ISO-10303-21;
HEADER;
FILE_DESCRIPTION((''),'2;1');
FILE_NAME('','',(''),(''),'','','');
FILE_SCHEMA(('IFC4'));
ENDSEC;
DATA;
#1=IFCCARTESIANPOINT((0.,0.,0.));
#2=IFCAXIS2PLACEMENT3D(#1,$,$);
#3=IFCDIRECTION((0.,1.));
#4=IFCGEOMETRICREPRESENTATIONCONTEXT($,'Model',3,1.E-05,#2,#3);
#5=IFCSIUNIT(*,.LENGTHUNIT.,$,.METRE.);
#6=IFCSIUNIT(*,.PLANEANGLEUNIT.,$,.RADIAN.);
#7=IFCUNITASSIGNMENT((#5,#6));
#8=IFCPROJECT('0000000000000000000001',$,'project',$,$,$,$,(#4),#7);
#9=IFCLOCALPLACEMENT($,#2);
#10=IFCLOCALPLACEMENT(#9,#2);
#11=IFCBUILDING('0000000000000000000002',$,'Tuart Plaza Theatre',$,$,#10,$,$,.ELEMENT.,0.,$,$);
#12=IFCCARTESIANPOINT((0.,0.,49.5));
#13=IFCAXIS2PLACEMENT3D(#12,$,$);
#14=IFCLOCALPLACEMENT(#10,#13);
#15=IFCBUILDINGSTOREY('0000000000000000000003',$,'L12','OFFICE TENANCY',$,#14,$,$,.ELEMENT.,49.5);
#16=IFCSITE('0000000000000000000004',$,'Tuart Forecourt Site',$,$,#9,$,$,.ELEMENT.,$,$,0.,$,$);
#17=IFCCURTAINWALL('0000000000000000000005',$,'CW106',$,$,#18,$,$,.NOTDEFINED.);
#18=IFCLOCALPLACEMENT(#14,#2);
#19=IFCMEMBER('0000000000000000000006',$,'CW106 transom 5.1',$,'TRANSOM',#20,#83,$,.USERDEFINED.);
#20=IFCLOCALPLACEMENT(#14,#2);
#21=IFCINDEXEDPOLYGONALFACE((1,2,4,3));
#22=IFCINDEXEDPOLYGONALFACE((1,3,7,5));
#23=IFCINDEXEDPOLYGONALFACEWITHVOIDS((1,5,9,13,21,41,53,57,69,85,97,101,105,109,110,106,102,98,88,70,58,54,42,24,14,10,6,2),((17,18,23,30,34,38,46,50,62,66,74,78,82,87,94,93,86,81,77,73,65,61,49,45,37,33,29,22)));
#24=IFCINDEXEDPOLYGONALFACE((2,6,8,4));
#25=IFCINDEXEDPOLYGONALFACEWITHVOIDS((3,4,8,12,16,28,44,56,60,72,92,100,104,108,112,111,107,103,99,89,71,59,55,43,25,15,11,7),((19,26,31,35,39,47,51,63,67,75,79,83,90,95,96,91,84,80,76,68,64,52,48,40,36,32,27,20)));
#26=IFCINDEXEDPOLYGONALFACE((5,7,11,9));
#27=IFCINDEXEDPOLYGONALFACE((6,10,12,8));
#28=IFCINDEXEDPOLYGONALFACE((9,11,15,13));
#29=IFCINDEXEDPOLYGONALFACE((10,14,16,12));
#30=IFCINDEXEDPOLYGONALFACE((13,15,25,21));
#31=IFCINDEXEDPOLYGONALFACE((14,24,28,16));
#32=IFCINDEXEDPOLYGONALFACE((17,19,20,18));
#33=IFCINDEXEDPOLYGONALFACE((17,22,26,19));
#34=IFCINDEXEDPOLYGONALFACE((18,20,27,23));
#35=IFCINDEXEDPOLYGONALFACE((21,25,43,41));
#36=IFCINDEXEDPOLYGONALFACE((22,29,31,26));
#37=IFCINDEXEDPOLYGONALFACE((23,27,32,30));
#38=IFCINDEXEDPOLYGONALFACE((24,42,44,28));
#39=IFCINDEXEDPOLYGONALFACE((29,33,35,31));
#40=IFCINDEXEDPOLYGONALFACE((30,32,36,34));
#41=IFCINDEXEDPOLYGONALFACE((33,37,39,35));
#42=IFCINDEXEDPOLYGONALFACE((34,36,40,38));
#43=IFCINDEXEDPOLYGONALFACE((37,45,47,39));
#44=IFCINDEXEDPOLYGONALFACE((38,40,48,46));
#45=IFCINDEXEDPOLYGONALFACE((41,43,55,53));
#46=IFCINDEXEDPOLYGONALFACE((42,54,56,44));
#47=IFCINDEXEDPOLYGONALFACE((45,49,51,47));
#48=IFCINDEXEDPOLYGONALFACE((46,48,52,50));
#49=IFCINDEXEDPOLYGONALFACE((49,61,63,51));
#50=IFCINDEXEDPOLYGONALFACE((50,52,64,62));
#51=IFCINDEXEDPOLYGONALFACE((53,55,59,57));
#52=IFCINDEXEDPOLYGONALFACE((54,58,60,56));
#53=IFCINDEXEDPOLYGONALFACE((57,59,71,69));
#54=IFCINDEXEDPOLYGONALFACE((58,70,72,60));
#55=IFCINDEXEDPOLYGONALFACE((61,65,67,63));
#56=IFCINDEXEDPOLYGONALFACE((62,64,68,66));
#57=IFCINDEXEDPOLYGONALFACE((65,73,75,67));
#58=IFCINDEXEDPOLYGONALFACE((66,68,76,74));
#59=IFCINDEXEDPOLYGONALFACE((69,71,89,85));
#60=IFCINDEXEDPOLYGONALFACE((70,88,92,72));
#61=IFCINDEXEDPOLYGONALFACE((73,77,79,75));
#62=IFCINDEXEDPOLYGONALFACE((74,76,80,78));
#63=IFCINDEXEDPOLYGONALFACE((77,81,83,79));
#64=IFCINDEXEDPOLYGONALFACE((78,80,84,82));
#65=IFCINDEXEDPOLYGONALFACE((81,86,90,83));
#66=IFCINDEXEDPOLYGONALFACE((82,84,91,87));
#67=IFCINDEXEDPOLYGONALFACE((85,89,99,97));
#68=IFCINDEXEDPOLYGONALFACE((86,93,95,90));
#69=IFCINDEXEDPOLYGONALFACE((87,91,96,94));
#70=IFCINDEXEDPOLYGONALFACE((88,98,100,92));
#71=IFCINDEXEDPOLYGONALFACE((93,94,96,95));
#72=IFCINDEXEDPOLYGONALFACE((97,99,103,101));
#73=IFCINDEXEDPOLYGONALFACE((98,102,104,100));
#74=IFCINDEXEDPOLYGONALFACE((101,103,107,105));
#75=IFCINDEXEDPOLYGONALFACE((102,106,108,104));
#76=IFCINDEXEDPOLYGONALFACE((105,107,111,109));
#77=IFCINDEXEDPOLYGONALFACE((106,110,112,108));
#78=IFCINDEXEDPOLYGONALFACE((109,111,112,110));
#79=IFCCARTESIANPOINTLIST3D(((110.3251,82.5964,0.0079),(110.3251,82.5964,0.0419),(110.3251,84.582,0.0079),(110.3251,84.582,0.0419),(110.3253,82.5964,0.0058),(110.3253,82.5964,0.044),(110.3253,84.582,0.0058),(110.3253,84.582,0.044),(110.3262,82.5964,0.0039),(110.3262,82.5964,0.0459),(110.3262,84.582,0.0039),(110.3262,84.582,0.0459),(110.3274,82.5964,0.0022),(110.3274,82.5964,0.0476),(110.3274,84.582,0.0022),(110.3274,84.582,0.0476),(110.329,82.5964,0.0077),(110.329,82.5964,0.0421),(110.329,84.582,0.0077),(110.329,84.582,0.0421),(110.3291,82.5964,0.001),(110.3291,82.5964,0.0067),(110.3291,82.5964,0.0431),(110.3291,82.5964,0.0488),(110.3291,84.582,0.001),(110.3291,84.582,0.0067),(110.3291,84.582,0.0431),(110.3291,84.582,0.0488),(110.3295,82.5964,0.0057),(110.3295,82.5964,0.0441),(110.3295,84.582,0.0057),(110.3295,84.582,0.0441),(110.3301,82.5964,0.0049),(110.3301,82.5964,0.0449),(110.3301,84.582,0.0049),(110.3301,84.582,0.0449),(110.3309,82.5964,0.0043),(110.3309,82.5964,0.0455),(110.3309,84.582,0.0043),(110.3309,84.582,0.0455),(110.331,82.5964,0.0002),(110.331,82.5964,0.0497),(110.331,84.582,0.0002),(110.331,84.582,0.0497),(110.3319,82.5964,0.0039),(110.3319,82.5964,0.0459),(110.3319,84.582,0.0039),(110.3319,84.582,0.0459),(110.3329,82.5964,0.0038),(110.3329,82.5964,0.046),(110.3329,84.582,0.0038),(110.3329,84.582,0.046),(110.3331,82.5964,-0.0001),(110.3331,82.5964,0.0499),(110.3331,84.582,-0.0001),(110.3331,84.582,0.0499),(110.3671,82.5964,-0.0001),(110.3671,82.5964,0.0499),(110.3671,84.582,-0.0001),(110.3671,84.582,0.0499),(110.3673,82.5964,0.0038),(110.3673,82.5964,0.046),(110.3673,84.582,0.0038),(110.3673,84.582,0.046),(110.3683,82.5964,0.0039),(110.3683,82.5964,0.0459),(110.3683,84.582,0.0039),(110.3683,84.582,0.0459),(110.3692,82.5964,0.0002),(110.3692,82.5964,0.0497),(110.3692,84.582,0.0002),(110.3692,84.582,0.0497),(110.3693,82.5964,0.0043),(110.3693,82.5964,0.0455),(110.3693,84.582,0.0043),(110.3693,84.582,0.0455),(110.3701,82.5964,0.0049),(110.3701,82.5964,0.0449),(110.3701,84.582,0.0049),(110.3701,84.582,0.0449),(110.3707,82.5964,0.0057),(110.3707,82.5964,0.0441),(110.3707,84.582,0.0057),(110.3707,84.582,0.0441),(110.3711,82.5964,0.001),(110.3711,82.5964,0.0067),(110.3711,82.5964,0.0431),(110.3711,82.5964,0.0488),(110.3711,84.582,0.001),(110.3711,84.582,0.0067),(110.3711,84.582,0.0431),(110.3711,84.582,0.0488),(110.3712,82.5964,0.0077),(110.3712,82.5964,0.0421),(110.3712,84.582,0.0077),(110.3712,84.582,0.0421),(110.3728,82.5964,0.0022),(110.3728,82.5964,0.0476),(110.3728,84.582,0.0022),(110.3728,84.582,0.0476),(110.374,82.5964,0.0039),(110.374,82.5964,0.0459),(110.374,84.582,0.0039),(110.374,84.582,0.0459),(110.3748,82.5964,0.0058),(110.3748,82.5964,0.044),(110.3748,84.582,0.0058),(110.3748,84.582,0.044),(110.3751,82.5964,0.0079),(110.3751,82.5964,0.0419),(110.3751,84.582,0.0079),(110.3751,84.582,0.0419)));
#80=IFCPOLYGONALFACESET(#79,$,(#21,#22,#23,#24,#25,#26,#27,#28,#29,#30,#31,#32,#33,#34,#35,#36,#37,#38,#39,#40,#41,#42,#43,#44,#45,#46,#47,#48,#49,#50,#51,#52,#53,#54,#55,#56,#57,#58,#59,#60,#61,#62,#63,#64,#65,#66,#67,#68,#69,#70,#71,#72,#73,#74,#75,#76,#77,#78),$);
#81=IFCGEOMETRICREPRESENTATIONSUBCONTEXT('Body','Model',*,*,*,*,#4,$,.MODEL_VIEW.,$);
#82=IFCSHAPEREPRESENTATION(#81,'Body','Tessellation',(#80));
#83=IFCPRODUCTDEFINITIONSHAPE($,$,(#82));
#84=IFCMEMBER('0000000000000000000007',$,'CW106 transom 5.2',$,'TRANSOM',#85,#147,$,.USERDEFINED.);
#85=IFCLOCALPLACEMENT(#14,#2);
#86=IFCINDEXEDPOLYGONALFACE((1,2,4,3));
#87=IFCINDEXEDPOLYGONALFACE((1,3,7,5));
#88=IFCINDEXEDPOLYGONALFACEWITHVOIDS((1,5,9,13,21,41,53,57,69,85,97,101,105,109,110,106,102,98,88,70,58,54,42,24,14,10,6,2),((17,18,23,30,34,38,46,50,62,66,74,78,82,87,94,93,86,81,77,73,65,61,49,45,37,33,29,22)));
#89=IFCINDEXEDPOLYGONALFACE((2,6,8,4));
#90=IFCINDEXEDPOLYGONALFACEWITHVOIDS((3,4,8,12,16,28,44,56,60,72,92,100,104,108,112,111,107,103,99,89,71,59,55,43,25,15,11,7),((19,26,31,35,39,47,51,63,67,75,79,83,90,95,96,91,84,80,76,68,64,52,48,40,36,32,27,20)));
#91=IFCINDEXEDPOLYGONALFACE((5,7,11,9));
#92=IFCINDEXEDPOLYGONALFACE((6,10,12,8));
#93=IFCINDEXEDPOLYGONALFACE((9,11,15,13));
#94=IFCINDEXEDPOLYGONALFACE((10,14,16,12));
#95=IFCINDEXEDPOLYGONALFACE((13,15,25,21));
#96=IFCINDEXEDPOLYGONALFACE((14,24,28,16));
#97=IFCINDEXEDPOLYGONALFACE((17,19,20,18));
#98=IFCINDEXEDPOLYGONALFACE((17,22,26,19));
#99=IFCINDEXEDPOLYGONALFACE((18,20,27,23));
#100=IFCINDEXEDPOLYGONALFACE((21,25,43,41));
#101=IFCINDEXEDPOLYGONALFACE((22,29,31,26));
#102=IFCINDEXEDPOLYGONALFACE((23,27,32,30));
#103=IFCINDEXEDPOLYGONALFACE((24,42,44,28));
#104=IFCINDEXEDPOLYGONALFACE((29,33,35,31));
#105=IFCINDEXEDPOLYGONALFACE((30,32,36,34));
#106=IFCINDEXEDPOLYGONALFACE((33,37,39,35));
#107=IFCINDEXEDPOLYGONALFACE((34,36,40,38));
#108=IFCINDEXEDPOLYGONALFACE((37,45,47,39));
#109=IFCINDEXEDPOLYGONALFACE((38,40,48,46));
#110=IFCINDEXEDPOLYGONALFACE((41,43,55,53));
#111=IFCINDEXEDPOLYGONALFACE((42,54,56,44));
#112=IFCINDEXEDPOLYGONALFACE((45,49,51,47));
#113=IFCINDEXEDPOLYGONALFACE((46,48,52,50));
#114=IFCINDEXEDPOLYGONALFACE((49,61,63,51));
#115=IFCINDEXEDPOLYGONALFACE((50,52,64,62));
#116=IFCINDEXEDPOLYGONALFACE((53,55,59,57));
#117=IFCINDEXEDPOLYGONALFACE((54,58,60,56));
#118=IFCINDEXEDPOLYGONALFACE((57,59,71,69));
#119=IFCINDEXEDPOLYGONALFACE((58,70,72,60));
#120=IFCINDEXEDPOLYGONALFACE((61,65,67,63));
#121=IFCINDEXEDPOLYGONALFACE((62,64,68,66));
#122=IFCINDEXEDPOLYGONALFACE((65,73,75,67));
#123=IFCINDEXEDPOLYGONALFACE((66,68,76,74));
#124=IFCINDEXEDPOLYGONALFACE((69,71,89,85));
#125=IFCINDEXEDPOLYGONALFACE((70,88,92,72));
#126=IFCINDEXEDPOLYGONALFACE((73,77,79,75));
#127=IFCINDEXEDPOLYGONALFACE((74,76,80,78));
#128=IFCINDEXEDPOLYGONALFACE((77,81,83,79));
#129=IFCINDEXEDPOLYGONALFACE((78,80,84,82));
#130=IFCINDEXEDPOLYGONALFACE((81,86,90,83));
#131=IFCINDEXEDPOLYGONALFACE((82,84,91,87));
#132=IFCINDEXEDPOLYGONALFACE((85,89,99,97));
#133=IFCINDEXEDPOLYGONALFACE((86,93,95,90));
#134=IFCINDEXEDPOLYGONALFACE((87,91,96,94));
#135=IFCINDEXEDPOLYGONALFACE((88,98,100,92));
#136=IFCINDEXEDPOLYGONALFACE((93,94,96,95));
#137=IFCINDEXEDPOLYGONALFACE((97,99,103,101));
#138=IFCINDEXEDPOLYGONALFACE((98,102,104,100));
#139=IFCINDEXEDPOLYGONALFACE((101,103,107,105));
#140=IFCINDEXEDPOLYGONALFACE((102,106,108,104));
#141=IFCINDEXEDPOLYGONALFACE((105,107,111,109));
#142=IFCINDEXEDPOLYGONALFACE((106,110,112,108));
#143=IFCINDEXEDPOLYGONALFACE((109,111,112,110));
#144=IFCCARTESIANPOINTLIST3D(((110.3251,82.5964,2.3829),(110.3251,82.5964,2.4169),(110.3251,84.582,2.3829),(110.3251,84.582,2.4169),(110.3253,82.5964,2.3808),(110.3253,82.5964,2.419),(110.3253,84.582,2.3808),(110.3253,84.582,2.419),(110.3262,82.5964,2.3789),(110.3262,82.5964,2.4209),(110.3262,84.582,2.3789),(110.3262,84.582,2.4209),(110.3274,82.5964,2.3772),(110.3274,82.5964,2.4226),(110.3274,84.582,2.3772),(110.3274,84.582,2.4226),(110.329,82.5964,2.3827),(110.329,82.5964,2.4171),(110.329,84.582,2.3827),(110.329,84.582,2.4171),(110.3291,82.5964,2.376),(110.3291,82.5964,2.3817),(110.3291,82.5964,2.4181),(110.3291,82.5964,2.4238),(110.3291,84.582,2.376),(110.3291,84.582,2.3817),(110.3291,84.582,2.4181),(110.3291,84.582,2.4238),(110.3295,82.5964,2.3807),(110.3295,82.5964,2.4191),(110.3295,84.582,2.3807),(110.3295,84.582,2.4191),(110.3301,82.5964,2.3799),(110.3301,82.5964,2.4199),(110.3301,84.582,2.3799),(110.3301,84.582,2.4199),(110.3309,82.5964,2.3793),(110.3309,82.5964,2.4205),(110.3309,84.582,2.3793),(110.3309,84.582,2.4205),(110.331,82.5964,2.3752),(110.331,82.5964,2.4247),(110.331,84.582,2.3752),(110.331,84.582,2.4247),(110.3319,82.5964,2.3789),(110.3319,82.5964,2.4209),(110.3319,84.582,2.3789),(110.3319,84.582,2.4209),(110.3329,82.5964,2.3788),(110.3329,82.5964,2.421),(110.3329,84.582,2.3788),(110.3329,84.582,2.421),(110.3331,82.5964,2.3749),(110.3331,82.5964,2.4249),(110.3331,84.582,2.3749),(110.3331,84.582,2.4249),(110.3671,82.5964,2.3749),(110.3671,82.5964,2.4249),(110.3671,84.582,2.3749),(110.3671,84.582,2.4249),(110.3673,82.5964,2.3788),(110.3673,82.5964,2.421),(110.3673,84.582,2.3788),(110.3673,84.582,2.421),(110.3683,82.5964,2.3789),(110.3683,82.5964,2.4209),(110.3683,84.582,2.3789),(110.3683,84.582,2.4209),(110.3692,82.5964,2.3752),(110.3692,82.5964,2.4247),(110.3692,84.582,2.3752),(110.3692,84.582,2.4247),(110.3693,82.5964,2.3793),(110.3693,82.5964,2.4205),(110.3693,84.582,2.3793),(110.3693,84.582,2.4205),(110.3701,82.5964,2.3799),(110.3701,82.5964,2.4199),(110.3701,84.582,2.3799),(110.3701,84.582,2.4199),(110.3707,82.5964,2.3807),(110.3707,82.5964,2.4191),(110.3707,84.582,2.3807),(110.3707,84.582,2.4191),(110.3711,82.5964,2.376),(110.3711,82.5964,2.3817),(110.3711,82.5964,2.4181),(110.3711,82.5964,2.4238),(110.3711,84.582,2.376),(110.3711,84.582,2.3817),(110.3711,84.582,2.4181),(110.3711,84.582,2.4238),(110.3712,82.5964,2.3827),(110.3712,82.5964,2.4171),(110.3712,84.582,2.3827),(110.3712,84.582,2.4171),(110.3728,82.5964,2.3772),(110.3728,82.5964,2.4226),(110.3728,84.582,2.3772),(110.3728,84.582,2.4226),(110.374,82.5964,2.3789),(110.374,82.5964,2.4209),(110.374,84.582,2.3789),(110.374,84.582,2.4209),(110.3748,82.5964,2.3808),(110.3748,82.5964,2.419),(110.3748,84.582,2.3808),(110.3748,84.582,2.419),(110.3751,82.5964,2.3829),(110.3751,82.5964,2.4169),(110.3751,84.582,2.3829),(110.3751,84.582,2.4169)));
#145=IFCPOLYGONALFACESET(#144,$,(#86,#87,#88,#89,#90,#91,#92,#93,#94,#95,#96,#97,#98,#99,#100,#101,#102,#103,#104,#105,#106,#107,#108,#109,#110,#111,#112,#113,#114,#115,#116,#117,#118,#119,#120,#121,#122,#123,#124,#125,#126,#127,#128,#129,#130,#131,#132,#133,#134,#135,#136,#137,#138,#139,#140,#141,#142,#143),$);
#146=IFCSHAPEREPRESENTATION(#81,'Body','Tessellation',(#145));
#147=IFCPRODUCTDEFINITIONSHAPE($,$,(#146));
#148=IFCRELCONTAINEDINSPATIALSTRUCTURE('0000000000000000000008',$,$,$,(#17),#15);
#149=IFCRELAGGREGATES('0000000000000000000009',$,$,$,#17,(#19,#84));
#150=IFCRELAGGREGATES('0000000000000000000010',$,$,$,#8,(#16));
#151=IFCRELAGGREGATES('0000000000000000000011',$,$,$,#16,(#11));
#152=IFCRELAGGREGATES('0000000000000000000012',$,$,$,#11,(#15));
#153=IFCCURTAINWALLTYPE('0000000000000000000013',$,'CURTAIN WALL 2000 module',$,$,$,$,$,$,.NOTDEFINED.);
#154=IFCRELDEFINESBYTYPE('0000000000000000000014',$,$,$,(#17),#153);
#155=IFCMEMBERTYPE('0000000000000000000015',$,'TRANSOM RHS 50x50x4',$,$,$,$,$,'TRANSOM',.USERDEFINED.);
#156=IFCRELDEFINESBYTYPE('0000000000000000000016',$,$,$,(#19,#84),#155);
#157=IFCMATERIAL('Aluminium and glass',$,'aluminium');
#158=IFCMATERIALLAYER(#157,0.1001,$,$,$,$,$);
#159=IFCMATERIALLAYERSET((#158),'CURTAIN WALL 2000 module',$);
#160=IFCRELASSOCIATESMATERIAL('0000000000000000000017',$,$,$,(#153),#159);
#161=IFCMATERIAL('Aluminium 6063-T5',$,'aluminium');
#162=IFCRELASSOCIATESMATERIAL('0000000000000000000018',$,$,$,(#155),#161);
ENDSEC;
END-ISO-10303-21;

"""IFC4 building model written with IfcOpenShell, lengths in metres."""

from ifc_helpers import new_model, si_unit, direction, frame, origin, origin_2d, place, context, subcontext, project, spatial, hollow_rectangle, extrude, material, layer, layer_set, material_profile, profile_set, type_object, element, aggregate, save


model = new_model("IFC4")

# Units and contexts
model_context = context("Model", 3, precision=1e-05, world=origin(), true_north=direction((0.0, 1.0)))
body_context = subcontext(model_context, "Body", "Model", "MODEL_VIEW")
ifc_project = project(units=[si_unit("LENGTHUNIT", "METRE"), si_unit("PLANEANGLEUNIT", "RADIAN")], contexts=[model_context])

# Site, building, storey
site_placement = place(None, origin())
site = spatial("IfcSite", under=ifc_project, at=site_placement, Name="Tuart Forecourt Site", CompositionType="ELEMENT", RefElevation=0.0)
building_placement = place(site_placement, origin())
building = spatial("IfcBuilding", under=site, at=building_placement, Name="Tuart Plaza Theatre", CompositionType="ELEMENT", ElevationOfRefHeight=0.0)
storey_placement = place(building_placement, frame((0.0, 0.0, 49.5)))
storey = spatial("IfcBuildingStorey", under=building, at=storey_placement, Name="L12", Description="OFFICE TENANCY", CompositionType="ELEMENT", Elevation=49.5)

# Curtain wall, members
ifc_material_1 = material(Name="Aluminium and glass", Category="aluminium")
ifc_layer_1 = layer(ifc_material_1, 0.1001)
ifc_layer_set_1 = layer_set([ifc_layer_1], Name="CURTAIN WALL 2000 module")
curtain_wall_type = type_object("IfcCurtainWallType", Name="CURTAIN WALL 2000 module", PredefinedType="NOTDEFINED", material=ifc_layer_set_1)
curtain_wall_placement = place(storey_placement, origin())
curtain_wall = element("IfcCurtainWall", 1, at=curtain_wall_placement, inside=storey, type_object=curtain_wall_type, Name="CW106", PredefinedType="NOTDEFINED")
ifc_material_2 = material(Name="Aluminium 6063-T5", Category="aluminium")
ifc_material_profile = material_profile(ifc_material_2, hollow_rectangle(XDim=0.05, YDim=0.05, WallThickness=0.0039, InnerFilletRadius=0.0039, OuterFilletRadius=0.0081, at=origin_2d()), Name="RHS 50x50x4")
ifc_profile_set = profile_set([ifc_material_profile], Name="Aluminium 6063-T5")
member_type = type_object("IfcMemberType", Name="TRANSOM RHS 50x50x4", ElementType="TRANSOM", PredefinedType="USERDEFINED", material=ifc_profile_set)
member_1_placement = place(storey_placement, frame((110.3501, 84.582, 0.0249), z_axis=(0.0, -1.0, 0.0), x_axis=(1.0, 0.0, 0.0)))
member_1 = element("IfcMember", 2, at=member_1_placement, type_object=member_type, Name="CW106 transom 5.1", ObjectType="TRANSOM", PredefinedType="USERDEFINED", context=body_context, shape_type="SweptSolid", body=[
    extrude(hollow_rectangle(XDim=0.05, YDim=0.05, WallThickness=0.0039, InnerFilletRadius=0.0039, OuterFilletRadius=0.0081, at=origin_2d()), origin(), (0.0, 0.0, 1.0), 1.9856),
])
member_2_placement = place(storey_placement, frame((110.3501, 84.582, 2.3999), z_axis=(0.0, -1.0, 0.0), x_axis=(1.0, 0.0, 0.0)))
member_2 = element("IfcMember", 3, at=member_2_placement, type_object=member_type, Name="CW106 transom 5.2", ObjectType="TRANSOM", PredefinedType="USERDEFINED", context=body_context, shape_type="SweptSolid", body=[
    extrude(hollow_rectangle(XDim=0.05, YDim=0.05, WallThickness=0.0039, InnerFilletRadius=0.0039, OuterFilletRadius=0.0081, at=origin_2d()), origin(), (0.0, 0.0, 1.0), 1.9856),
])
aggregate(curtain_wall, [member_1, member_2])

save(model, "model.ifc")
